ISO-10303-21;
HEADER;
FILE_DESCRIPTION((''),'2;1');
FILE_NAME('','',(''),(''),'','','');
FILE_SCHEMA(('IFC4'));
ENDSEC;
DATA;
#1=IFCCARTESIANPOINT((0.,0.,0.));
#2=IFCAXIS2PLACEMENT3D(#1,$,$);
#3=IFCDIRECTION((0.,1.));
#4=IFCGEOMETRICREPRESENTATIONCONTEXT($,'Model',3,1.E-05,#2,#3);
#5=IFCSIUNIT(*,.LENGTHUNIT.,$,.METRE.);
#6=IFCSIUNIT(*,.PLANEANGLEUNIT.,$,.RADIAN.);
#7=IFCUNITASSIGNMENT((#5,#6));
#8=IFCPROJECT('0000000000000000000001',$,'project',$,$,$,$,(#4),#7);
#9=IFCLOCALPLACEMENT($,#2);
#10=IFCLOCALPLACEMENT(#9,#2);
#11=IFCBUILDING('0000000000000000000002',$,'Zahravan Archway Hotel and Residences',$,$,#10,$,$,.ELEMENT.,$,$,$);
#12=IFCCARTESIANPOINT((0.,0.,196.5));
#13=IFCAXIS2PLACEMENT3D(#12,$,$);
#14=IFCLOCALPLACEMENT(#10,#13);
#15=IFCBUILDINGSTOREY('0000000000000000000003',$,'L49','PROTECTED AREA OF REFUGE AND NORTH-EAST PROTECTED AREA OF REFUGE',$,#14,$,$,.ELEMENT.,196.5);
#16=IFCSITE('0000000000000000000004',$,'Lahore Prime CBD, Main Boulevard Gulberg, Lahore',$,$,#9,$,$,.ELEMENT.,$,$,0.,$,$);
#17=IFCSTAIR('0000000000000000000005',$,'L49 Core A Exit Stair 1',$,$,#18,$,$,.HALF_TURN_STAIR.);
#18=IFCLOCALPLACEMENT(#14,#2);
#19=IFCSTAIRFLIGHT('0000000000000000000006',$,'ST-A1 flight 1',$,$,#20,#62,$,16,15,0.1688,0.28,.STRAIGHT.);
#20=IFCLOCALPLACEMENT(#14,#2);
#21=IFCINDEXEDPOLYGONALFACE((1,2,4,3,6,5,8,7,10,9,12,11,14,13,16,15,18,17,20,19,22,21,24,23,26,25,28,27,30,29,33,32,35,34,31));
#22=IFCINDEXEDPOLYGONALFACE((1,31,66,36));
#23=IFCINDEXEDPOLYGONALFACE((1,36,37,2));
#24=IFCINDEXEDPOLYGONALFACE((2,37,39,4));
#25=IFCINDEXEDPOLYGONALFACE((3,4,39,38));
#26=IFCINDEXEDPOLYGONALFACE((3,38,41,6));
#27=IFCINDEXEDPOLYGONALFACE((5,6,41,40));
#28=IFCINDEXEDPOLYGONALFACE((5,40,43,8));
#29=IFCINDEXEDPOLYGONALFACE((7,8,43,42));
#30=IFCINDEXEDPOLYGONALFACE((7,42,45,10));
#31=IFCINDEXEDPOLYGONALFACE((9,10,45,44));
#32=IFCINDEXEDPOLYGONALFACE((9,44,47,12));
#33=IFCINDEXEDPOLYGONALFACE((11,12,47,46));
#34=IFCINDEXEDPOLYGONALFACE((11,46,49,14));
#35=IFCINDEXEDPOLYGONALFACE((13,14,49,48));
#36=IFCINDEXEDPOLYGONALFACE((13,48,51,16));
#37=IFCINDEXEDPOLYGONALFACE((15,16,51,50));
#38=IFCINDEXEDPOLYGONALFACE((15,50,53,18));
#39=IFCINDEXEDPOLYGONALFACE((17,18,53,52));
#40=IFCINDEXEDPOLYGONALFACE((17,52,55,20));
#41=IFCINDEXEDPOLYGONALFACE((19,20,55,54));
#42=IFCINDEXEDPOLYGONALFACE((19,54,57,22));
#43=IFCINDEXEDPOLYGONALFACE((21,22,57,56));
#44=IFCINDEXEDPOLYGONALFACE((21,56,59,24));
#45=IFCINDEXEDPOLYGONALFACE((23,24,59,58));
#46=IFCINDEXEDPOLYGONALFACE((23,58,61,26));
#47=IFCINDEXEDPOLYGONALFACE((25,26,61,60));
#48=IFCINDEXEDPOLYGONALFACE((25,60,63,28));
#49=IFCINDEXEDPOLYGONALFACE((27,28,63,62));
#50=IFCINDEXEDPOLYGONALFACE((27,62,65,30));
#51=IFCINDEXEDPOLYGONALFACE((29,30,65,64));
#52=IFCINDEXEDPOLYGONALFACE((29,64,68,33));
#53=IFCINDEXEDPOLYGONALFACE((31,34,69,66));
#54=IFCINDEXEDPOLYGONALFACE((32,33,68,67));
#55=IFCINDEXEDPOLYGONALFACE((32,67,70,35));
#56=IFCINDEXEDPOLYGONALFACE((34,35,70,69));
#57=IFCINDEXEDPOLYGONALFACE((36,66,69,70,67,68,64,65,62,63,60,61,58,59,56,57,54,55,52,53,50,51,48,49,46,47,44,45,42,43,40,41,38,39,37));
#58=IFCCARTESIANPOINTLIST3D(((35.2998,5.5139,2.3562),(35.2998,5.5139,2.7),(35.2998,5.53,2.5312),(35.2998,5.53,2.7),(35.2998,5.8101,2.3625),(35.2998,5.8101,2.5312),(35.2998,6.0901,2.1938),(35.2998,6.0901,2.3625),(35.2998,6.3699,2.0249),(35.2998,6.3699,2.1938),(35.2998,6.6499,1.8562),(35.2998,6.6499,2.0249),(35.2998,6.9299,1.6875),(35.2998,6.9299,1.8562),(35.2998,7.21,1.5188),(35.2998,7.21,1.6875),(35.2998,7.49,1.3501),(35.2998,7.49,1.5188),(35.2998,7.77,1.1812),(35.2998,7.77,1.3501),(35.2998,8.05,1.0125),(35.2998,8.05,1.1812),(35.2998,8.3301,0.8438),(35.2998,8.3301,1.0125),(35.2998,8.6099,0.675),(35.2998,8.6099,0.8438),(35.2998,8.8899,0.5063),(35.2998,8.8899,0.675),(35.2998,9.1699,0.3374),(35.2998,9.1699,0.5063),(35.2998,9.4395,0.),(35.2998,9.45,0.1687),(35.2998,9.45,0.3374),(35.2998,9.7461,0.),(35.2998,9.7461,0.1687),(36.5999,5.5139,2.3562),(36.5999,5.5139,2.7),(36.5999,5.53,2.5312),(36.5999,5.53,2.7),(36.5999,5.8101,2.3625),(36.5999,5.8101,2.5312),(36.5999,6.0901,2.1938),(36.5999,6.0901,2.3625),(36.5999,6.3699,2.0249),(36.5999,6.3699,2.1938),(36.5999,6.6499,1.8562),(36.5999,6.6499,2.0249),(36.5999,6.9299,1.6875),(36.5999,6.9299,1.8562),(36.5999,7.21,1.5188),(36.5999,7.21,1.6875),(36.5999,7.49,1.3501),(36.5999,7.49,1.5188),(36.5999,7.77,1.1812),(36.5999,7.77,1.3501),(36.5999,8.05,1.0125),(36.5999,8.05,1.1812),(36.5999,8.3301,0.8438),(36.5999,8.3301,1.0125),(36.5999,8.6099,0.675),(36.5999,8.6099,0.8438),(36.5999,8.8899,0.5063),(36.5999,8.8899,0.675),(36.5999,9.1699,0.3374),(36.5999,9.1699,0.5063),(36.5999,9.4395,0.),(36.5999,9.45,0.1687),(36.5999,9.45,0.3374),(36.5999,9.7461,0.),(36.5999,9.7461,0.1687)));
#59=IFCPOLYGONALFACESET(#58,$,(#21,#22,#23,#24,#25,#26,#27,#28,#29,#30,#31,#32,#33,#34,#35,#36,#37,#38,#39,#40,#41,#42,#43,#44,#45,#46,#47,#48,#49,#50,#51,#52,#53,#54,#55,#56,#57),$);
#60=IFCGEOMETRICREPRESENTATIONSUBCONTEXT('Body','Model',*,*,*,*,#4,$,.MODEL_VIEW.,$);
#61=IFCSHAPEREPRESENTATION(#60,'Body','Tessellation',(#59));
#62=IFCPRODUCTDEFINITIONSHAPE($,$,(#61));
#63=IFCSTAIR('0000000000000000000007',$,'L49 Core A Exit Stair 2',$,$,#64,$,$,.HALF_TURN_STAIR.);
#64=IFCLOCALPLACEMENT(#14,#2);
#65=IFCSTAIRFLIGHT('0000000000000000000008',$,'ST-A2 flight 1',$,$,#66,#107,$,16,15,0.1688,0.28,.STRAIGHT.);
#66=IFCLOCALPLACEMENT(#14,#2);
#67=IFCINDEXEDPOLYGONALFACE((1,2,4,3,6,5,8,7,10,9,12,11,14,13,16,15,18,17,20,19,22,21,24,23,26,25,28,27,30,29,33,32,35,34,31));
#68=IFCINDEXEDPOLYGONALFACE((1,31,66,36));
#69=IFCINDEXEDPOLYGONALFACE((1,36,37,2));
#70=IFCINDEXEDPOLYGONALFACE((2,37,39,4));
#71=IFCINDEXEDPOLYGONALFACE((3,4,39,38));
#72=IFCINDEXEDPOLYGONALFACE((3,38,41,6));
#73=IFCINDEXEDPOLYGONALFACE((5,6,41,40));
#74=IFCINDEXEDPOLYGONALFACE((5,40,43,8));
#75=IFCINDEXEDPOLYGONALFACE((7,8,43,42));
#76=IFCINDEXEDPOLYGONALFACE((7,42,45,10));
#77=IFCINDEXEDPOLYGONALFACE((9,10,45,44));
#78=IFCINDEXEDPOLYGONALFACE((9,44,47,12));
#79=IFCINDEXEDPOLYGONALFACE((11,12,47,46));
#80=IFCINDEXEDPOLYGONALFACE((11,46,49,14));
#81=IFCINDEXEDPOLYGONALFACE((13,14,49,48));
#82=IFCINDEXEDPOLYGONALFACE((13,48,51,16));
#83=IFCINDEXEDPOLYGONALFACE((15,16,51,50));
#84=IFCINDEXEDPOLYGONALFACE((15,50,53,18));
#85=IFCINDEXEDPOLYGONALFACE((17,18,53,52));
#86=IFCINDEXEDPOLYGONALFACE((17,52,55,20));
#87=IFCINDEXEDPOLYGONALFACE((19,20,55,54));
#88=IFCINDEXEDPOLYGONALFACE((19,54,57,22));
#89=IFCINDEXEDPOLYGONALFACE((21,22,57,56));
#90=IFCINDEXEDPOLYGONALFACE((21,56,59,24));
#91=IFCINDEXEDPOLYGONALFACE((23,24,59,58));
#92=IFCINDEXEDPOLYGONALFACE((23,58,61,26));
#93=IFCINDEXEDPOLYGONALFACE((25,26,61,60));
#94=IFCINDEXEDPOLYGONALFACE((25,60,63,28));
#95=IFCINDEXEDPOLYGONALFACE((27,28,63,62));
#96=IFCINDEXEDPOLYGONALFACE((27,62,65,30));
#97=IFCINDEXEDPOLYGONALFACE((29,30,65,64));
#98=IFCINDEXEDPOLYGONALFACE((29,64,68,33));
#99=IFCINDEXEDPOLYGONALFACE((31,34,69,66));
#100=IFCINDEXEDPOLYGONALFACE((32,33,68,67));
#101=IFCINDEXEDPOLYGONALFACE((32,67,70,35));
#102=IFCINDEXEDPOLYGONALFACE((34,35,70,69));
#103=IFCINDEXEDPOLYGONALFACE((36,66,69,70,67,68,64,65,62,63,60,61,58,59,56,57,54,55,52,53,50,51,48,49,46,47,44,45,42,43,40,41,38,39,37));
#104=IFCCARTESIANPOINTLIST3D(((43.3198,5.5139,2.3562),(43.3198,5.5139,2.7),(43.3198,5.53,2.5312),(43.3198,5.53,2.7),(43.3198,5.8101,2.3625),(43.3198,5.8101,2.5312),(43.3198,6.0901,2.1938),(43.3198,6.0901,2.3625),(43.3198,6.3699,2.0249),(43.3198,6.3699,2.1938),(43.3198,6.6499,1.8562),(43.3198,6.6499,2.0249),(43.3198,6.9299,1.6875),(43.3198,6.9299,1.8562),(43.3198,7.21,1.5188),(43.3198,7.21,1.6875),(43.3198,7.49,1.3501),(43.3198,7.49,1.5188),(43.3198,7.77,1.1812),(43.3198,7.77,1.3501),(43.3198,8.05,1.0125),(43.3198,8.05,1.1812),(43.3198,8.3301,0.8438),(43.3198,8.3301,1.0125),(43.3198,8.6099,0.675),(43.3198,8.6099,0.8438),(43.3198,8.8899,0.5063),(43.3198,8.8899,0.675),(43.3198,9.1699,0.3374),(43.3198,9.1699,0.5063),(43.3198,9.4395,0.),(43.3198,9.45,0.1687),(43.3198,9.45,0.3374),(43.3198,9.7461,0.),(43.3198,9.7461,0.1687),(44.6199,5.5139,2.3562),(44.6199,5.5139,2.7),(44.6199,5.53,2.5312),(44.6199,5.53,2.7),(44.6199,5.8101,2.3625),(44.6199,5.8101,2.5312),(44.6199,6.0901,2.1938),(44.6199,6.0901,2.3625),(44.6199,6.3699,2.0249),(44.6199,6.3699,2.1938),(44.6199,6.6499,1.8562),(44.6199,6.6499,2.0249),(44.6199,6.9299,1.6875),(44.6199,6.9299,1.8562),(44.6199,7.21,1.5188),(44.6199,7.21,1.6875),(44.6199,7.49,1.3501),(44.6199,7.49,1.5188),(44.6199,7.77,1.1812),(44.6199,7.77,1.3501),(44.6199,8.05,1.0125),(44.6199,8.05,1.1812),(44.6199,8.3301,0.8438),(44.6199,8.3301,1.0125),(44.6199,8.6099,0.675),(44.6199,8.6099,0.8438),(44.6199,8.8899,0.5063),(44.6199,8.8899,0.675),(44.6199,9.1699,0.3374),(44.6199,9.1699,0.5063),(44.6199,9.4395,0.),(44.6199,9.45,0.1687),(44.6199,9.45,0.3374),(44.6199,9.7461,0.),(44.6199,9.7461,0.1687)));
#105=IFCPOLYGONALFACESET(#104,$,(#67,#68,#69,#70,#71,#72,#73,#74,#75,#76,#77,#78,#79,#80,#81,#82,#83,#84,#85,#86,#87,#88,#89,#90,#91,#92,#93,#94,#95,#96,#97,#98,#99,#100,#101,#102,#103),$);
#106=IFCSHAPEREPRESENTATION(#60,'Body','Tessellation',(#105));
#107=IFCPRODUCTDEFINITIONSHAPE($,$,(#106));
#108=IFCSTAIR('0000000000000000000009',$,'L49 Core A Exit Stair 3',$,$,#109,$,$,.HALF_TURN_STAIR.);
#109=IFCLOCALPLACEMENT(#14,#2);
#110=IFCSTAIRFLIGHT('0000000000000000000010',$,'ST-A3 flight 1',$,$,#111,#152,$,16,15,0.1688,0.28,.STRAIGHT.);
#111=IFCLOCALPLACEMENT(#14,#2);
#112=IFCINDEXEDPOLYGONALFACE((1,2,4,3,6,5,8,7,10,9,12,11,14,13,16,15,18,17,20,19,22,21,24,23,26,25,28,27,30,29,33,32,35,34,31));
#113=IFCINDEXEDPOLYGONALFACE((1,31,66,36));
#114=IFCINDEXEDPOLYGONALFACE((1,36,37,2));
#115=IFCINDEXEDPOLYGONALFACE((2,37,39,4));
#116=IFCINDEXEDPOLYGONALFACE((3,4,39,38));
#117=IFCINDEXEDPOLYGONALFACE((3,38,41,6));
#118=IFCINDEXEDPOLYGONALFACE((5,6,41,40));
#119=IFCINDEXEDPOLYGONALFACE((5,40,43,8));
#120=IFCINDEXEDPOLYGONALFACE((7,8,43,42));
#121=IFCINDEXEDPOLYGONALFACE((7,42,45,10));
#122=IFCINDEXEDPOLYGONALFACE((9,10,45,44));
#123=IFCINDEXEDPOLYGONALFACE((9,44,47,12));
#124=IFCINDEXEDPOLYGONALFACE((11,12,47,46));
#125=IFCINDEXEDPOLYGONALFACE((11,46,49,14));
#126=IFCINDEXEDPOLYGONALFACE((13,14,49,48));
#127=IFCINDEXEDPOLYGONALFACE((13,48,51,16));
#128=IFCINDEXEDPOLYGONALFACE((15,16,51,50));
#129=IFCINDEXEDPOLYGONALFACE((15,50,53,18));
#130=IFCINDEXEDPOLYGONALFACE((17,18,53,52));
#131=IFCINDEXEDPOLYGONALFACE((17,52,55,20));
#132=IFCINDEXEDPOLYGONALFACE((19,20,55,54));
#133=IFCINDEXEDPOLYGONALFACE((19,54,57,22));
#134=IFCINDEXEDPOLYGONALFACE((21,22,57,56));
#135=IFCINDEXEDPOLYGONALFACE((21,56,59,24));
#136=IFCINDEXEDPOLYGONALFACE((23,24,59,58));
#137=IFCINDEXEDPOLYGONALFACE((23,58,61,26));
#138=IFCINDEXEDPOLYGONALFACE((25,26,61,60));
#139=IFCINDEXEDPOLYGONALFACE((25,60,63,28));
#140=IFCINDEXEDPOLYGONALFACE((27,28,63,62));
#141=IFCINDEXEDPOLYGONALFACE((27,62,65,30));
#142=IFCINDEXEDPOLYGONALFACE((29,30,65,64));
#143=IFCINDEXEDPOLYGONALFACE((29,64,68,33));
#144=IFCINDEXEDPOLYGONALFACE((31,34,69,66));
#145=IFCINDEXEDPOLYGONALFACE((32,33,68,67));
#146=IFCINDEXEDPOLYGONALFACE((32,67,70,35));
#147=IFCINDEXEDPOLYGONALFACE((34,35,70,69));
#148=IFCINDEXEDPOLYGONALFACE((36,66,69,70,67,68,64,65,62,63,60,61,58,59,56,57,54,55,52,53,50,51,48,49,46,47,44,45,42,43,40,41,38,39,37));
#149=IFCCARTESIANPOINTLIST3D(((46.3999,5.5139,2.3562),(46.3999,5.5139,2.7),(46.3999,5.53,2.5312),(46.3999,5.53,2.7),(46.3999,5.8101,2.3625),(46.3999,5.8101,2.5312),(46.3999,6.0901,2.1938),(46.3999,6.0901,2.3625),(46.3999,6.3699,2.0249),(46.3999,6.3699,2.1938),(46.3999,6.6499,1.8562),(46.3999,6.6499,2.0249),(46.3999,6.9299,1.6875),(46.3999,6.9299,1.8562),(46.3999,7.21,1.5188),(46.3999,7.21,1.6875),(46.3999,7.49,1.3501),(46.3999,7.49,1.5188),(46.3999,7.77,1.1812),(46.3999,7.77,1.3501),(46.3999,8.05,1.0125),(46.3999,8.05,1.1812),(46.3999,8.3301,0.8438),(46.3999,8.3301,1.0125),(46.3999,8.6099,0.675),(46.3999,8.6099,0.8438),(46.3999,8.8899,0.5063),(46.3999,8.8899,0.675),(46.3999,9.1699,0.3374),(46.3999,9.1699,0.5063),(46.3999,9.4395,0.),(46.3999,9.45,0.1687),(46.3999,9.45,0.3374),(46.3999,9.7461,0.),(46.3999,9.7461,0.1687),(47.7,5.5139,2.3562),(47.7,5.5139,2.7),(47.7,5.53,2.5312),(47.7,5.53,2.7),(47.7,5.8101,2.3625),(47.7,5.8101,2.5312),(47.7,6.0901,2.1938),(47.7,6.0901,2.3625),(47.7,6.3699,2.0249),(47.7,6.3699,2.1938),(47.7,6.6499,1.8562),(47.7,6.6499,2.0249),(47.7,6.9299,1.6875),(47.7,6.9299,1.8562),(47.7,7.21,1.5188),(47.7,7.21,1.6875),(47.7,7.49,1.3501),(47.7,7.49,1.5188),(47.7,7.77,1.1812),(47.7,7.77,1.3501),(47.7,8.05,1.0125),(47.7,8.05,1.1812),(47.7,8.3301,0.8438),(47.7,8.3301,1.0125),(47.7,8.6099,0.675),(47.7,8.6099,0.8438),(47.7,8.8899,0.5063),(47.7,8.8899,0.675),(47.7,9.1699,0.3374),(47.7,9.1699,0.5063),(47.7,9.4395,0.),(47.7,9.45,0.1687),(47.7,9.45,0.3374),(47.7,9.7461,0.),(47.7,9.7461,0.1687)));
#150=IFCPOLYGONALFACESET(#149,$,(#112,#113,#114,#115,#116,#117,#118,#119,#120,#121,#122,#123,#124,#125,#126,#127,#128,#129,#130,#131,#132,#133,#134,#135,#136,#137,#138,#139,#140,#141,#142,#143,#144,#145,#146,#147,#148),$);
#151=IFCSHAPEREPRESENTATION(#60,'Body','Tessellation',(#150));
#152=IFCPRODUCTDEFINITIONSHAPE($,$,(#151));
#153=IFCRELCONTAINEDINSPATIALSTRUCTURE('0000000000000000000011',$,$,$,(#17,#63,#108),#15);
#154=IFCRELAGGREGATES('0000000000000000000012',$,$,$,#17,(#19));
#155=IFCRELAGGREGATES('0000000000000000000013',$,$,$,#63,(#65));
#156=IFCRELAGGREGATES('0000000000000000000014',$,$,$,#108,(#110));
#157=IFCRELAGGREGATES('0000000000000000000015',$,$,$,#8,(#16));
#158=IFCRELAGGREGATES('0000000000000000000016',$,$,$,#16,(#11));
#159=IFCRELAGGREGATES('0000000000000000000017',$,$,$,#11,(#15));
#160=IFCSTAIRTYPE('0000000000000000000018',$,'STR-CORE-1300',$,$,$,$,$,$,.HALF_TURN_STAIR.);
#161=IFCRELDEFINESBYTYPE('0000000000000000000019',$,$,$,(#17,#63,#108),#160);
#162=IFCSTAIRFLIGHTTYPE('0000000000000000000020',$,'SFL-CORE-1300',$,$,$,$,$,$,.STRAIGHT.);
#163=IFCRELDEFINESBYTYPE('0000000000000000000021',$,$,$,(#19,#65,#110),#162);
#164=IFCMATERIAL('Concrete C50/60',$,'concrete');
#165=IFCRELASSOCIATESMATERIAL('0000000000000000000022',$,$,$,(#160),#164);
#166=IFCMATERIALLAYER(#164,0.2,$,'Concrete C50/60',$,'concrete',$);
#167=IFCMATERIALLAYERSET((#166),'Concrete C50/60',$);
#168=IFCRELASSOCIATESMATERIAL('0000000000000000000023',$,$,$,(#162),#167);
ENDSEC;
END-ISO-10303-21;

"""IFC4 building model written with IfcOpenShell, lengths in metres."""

from ifc_helpers import new_model, si_unit, direction, frame, origin, place, context, subcontext, project, spatial, polyline, outline, extrude, source, transform, mapped, material, layer, layer_set, type_object, element, aggregate, save


model = new_model("IFC4")

# Units and contexts
model_context = context("Model", 3, precision=1e-05, world=origin(), true_north=direction((0.0, 1.0)))
body_context = subcontext(model_context, "Body", "Model", "MODEL_VIEW")
ifc_project = project(units=[si_unit("LENGTHUNIT", "METRE"), si_unit("PLANEANGLEUNIT", "RADIAN")], contexts=[model_context])

# Site, building, storey
site_placement = place(None, origin())
site = spatial("IfcSite", under=ifc_project, at=site_placement, Name="Lahore Prime CBD, Main Boulevard Gulberg, Lahore", CompositionType="ELEMENT", RefElevation=0.0)
building_placement = place(site_placement, origin())
building = spatial("IfcBuilding", under=site, at=building_placement, Name="Zahravan Archway Hotel and Residences", CompositionType="ELEMENT")
storey_placement = place(building_placement, frame((0.0, 0.0, 196.5)))
storey = spatial("IfcBuildingStorey", under=building, at=storey_placement, Name="L49", Description="PROTECTED AREA OF REFUGE AND NORTH-EAST PROTECTED AREA OF REFUGE", CompositionType="ELEMENT", Elevation=196.5)

# Shared definitions
ifc_material_1 = material(Name="Concrete C50/60", Category="concrete")

# Stairs, stair flights
stair_type = type_object("IfcStairType", Name="STR-CORE-1300", PredefinedType="HALF_TURN_STAIR", material=ifc_material_1)
stair_1_placement = place(storey_placement, origin())
stair_1 = element("IfcStair", 1, at=stair_1_placement, inside=storey, type_object=stair_type, Name="L49 Core A Exit Stair 1", PredefinedType="HALF_TURN_STAIR")
ifc_layer_1 = layer(ifc_material_1, 0.2, Name="Concrete C50/60", Category="concrete")
ifc_layer_set_1 = layer_set([ifc_layer_1], Name="Concrete C50/60")
stair_flight_type = type_object("IfcStairFlightType", Name="SFL-CORE-1300", PredefinedType="STRAIGHT", material=ifc_layer_set_1)
shared_shape_1 = source(origin(), body_context, "Body", "SweptSolid", [
    extrude(outline(polyline([(-0.0161, 0.0), (-0.0161, 0.1687), (0.28, 0.1687), (0.28, 0.3374), (0.5601, 0.3374), (0.5601, 0.5063), (0.8401, 0.5063), (0.8401, 0.675), (1.1201, 0.675), (1.1201, 0.8438), (1.3999, 0.8438), (1.3999, 1.0125), (1.6799, 1.0125), (1.6799, 1.1812), (1.96, 1.1812), (1.96, 1.3501), (2.24, 1.3501), (2.24, 1.5188), (2.52, 1.5188), (2.52, 1.6875), (2.8, 1.6875), (2.8, 1.8562), (3.0801, 1.8562), (3.0801, 2.0249), (3.3601, 2.0249), (3.3601, 2.1938), (3.6399, 2.1938), (3.6399, 2.3625), (3.9199, 2.3625), (3.9199, 2.5312), (4.2, 2.5312), (4.2, 2.7), (4.2161, 2.7), (4.2161, 2.3562), (0.2905, 0.0), (-0.0161, 0.0)])), frame((0.0, 0.6499, 0.0), z_axis=(0.0, -1.0, 0.0), x_axis=(1.0, 0.0, 0.0)), (0.0, 0.0, 1.0), 1.3),
])
stair_flight_1_placement = place(storey_placement, frame((35.95, 9.73, 0.0), z_axis=(0.0, 0.0, 1.0), x_axis=(0.0, -1.0, 0.0)))
stair_flight_1 = element("IfcStairFlight", 2, at=stair_flight_1_placement, type_object=stair_flight_type, Name="ST-A1 flight 1", NumberOfRisers=16, NumberOfTreads=15, PredefinedType="STRAIGHT", RiserHeight=0.1688, TreadLength=0.28, context=body_context, shape_type="MappedRepresentation", body=[
    mapped(shared_shape_1, transform((0.0, 0.0, 0.0), scale=1.0)),
])
aggregate(stair_1, [stair_flight_1])
stair_2_placement = place(storey_placement, origin())
stair_2 = element("IfcStair", 3, at=stair_2_placement, inside=storey, type_object=stair_type, Name="L49 Core A Exit Stair 2", PredefinedType="HALF_TURN_STAIR")
stair_flight_2_placement = place(storey_placement, frame((43.97, 9.73, 0.0), z_axis=(0.0, 0.0, 1.0), x_axis=(0.0, -1.0, 0.0)))
stair_flight_2 = element("IfcStairFlight", 4, at=stair_flight_2_placement, type_object=stair_flight_type, Name="ST-A2 flight 1", NumberOfRisers=16, NumberOfTreads=15, PredefinedType="STRAIGHT", RiserHeight=0.1688, TreadLength=0.28, context=body_context, shape_type="MappedRepresentation", body=[
    mapped(shared_shape_1, transform((0.0, 0.0, 0.0), scale=1.0)),
])
aggregate(stair_2, [stair_flight_2])
stair_3_placement = place(storey_placement, origin())
stair_3 = element("IfcStair", 5, at=stair_3_placement, inside=storey, type_object=stair_type, Name="L49 Core A Exit Stair 3", PredefinedType="HALF_TURN_STAIR")
stair_flight_3_placement = place(storey_placement, frame((47.05, 9.73, 0.0), z_axis=(0.0, 0.0, 1.0), x_axis=(0.0, -1.0, 0.0)))
stair_flight_3 = element("IfcStairFlight", 6, at=stair_flight_3_placement, type_object=stair_flight_type, Name="ST-A3 flight 1", NumberOfRisers=16, NumberOfTreads=15, PredefinedType="STRAIGHT", RiserHeight=0.1688, TreadLength=0.28, context=body_context, shape_type="MappedRepresentation", body=[
    mapped(shared_shape_1, transform((0.0, 0.0, 0.0), scale=1.0)),
])
aggregate(stair_3, [stair_flight_3])

save(model, "model.ifc")
